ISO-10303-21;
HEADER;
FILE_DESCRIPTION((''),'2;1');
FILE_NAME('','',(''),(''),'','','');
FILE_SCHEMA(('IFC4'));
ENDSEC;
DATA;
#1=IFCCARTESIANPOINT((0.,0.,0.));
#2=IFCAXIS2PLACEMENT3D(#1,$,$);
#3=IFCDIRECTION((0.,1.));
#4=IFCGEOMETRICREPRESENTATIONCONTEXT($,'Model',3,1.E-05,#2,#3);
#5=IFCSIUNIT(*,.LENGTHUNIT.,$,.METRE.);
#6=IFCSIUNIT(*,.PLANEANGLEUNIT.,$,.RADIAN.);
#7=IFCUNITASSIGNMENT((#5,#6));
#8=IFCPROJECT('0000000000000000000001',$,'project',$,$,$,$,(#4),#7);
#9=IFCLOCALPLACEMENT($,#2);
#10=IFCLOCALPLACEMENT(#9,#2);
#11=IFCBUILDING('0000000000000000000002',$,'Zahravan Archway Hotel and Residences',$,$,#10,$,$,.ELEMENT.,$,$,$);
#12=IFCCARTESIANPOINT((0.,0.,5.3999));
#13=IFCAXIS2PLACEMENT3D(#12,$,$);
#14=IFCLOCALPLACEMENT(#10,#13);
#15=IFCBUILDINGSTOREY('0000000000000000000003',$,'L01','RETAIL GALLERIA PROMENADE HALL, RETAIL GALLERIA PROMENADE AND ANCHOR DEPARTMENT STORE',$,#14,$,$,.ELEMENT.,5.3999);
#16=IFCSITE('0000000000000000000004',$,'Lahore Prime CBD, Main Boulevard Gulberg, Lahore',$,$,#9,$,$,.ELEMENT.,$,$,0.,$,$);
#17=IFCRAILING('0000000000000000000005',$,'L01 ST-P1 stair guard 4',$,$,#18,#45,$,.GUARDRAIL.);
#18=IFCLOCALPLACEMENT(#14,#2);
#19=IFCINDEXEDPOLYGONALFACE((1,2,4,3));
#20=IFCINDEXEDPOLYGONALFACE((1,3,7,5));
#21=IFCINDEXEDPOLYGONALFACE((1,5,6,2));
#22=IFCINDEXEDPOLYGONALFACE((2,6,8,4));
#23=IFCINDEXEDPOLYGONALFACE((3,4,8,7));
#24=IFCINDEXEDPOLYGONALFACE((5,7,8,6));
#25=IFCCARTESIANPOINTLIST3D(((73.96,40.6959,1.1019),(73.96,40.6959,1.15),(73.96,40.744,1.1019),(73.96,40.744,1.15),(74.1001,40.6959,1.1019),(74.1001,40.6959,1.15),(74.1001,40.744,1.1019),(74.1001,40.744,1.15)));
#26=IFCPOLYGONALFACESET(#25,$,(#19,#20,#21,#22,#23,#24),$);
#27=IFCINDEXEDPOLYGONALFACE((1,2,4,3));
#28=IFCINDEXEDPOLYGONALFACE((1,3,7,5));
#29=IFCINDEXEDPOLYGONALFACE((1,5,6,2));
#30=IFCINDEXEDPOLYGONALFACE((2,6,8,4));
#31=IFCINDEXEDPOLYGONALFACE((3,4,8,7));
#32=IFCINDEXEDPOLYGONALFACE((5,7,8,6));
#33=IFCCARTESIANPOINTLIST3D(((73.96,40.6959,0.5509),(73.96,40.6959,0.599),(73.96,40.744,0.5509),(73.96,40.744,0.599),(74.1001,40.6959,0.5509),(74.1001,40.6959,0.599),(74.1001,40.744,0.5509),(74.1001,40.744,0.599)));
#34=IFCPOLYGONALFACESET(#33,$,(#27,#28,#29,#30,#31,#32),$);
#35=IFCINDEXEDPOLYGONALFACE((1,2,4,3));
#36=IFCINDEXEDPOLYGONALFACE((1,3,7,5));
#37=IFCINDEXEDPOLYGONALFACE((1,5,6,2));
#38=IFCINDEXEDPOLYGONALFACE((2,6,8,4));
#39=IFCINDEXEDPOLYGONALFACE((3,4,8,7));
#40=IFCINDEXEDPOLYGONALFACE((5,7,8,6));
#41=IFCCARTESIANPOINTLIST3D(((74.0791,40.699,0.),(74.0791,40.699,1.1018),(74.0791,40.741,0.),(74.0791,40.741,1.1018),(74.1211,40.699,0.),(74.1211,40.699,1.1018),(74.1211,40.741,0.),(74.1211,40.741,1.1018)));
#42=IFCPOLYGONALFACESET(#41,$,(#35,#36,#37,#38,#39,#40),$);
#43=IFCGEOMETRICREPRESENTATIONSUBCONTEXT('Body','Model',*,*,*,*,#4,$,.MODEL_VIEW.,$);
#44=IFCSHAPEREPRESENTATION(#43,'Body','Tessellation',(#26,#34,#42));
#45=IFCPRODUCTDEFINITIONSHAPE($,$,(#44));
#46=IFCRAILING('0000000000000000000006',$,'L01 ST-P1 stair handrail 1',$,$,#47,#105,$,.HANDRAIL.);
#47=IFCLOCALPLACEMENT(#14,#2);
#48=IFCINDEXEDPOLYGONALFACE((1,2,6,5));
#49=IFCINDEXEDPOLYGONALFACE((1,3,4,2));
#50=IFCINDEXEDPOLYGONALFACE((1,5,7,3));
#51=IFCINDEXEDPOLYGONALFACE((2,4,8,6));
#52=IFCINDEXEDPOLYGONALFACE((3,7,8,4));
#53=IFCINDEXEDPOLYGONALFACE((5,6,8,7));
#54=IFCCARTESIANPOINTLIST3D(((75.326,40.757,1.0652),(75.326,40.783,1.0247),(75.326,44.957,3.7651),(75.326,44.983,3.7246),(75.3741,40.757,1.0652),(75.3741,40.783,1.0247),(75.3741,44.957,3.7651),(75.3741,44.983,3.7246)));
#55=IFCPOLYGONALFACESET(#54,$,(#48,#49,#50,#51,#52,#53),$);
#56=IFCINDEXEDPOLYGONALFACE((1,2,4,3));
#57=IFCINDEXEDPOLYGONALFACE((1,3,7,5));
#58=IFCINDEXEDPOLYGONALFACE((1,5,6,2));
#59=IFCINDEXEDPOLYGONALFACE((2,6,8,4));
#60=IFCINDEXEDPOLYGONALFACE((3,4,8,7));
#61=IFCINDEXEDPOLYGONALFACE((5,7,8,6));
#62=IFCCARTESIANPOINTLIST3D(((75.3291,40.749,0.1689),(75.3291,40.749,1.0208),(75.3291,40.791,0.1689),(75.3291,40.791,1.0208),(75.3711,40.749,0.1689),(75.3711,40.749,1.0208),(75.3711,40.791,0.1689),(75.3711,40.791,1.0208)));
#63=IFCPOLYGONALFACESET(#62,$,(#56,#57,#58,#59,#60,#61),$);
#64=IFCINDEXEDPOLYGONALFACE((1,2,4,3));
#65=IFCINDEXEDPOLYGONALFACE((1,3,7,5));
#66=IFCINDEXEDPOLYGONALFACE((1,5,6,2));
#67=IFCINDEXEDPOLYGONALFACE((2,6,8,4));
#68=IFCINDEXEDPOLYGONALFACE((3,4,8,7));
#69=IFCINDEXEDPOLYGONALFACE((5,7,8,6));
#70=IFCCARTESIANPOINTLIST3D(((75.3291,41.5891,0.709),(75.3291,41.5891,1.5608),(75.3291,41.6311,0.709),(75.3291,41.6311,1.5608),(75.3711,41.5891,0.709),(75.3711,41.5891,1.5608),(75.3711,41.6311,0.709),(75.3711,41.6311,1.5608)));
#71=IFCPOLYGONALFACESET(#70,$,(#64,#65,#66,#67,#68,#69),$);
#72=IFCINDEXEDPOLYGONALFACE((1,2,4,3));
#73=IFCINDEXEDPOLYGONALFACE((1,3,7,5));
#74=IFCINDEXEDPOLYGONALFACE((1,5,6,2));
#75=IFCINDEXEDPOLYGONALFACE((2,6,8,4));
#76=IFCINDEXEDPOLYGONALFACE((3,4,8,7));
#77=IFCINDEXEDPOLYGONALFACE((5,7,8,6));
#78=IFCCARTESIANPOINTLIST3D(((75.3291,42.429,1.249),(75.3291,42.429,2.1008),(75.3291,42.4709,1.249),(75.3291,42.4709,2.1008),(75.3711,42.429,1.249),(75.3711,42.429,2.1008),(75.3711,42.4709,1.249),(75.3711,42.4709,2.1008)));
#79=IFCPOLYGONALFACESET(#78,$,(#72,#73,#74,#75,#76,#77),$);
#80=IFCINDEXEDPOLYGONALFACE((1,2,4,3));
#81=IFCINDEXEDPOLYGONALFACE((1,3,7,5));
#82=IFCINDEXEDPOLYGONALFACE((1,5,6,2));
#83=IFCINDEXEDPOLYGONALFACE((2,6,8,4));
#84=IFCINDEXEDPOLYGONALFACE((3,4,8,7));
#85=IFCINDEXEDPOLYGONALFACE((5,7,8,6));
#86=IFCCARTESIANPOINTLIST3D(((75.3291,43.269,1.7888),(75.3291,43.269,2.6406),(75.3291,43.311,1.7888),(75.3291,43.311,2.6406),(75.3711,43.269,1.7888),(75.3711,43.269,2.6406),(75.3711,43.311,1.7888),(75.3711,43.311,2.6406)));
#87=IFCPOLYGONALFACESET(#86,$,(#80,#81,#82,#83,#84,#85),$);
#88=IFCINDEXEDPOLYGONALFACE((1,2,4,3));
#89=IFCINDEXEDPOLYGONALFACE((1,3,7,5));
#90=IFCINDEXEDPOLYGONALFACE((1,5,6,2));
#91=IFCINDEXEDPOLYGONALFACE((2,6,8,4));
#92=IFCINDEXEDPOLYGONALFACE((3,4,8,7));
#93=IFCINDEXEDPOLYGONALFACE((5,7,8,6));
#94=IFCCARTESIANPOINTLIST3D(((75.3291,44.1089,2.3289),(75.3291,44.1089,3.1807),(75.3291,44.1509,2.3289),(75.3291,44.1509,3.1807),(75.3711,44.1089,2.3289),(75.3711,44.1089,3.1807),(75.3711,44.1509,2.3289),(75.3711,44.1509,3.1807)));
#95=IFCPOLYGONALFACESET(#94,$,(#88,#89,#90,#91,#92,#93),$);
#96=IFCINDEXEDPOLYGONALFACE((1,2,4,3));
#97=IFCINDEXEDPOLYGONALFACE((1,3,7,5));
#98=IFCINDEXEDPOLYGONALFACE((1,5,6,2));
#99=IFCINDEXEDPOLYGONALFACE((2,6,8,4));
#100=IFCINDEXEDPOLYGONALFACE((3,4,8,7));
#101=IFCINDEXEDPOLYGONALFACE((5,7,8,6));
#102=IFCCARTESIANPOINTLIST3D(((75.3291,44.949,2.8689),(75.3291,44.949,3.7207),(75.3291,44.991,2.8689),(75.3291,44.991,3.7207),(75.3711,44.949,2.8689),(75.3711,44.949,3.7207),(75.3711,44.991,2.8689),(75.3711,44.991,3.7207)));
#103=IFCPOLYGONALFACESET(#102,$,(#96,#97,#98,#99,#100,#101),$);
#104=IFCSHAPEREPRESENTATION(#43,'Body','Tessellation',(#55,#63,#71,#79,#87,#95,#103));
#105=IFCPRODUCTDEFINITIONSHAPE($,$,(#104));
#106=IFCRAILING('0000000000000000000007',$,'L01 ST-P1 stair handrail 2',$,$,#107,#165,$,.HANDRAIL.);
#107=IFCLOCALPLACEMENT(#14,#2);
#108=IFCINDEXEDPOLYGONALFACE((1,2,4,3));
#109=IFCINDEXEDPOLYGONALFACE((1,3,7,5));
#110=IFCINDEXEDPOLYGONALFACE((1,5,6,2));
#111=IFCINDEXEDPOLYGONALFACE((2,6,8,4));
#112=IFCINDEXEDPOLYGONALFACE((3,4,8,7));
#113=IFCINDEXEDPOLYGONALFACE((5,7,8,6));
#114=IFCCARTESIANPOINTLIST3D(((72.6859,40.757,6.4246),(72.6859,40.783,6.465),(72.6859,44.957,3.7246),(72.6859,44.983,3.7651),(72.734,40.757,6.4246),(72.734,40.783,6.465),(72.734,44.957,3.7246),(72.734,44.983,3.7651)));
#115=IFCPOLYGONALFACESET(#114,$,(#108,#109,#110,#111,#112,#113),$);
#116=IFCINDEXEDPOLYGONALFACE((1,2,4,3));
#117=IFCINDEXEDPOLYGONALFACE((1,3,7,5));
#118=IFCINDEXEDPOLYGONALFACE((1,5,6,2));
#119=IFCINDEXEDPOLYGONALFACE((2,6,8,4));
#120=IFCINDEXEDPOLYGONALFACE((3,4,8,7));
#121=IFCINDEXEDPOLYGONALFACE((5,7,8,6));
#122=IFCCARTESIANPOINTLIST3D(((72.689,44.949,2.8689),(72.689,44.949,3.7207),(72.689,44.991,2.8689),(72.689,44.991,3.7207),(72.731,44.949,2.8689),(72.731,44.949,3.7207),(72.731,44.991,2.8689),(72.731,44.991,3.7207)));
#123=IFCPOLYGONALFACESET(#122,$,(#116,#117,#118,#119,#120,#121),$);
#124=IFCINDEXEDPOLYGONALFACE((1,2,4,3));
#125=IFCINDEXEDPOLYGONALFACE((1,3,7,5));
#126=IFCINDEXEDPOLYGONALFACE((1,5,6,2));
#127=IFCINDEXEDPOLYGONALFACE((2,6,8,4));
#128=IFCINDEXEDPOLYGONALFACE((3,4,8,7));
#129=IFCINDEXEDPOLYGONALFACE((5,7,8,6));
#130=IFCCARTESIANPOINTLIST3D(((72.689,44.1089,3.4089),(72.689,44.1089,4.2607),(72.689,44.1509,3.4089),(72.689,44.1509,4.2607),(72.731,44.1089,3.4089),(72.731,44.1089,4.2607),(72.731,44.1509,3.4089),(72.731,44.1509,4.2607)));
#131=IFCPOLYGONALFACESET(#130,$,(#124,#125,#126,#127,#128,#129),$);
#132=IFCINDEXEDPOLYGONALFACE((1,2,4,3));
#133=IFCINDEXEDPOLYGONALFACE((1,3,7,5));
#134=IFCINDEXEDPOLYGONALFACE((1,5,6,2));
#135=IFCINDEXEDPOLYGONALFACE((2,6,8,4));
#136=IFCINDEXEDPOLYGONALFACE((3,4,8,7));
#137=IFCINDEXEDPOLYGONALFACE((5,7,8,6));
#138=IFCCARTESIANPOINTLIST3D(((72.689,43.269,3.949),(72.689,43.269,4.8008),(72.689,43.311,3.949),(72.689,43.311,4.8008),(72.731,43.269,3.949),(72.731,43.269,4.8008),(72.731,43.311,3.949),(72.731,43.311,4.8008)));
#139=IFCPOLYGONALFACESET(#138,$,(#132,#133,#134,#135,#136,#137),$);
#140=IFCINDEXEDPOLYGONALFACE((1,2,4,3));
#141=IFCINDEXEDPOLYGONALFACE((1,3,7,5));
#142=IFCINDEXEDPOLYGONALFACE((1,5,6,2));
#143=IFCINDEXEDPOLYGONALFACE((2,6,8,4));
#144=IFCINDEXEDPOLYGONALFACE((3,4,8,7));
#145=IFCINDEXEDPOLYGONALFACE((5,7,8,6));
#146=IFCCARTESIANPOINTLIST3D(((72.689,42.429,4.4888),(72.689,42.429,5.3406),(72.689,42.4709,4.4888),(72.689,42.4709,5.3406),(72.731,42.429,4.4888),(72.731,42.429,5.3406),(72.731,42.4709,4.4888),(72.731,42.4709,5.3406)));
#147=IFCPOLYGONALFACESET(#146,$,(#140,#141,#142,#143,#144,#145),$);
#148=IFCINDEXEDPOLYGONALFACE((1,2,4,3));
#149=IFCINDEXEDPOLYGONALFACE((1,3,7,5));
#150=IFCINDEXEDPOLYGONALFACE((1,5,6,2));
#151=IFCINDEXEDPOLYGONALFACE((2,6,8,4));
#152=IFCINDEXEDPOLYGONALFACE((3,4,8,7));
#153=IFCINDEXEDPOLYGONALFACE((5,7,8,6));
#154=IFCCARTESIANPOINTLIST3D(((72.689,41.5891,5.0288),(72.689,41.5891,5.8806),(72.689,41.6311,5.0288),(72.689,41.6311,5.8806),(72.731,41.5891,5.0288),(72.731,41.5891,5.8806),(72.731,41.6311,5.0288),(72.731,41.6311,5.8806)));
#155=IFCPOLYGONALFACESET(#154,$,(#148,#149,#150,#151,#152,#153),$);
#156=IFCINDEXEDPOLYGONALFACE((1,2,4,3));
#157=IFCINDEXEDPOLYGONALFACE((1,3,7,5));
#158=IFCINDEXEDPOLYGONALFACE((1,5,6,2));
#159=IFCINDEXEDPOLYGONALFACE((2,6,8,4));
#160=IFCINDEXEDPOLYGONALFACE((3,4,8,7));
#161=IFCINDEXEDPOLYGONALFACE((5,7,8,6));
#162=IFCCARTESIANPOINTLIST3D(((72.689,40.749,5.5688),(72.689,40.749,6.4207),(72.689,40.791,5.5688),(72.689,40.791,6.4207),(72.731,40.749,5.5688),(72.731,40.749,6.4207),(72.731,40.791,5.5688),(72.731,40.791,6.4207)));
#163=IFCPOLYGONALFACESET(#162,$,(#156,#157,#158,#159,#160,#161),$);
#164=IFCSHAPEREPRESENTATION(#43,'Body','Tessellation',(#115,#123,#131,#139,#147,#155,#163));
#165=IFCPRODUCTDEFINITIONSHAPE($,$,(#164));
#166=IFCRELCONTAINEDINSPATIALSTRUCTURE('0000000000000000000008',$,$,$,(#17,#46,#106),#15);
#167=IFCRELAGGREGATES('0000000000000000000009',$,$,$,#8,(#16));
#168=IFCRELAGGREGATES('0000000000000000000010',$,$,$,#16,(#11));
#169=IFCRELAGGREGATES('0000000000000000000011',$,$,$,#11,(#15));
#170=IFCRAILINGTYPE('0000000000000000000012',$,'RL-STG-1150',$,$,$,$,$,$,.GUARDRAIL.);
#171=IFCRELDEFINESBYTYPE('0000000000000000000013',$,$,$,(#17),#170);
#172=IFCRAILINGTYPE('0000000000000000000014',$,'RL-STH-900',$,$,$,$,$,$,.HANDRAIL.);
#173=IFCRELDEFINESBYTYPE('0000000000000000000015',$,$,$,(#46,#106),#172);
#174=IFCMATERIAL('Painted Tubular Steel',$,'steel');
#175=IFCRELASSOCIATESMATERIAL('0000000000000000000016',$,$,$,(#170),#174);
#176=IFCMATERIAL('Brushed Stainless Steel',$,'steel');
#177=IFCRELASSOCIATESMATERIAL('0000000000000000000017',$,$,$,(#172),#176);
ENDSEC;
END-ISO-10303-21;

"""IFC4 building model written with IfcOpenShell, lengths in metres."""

from ifc_helpers import new_model, si_unit, direction, frame, origin, origin_2d, place, context, subcontext, project, spatial, rectangle, extrude, material, type_object, element, save


model = new_model("IFC4")

# Units and contexts
model_context = context("Model", 3, precision=1e-05, world=origin(), true_north=direction((0.0, 1.0)))
body_context = subcontext(model_context, "Body", "Model", "MODEL_VIEW")
ifc_project = project(units=[si_unit("LENGTHUNIT", "METRE"), si_unit("PLANEANGLEUNIT", "RADIAN")], contexts=[model_context])

# Site, building, storey
site_placement = place(None, origin())
site = spatial("IfcSite", under=ifc_project, at=site_placement, Name="Lahore Prime CBD, Main Boulevard Gulberg, Lahore", CompositionType="ELEMENT", RefElevation=0.0)
building_placement = place(site_placement, origin())
building = spatial("IfcBuilding", under=site, at=building_placement, Name="Zahravan Archway Hotel and Residences", CompositionType="ELEMENT")
storey_placement = place(building_placement, frame((0.0, 0.0, 5.3999)))
storey = spatial("IfcBuildingStorey", under=building, at=storey_placement, Name="L01", Description="RETAIL GALLERIA PROMENADE HALL, RETAIL GALLERIA PROMENADE AND ANCHOR DEPARTMENT STORE", CompositionType="ELEMENT", Elevation=5.3999)

# Railings
ifc_material_1 = material(Name="Painted Tubular Steel", Category="steel")
railing_type_1 = type_object("IfcRailingType", Name="RL-STG-1150", PredefinedType="GUARDRAIL", material=ifc_material_1)
railing_1_placement = place(storey_placement, frame((74.1001, 40.72, 0.0)))
element("IfcRailing", 1, at=railing_1_placement, inside=storey, type_object=railing_type_1, Name="L01 ST-P1 stair guard 4", PredefinedType="GUARDRAIL", context=body_context, shape_type="SweptSolid", body=[
    extrude(rectangle(XDim=0.0481, YDim=0.0481, at=origin_2d()), frame((0.0, 0.0, 1.126), z_axis=(-1.0, 0.0, 0.0), x_axis=(0.0, -1.0, 0.0)), (0.0, 0.0, 1.0), 0.1401),
    extrude(rectangle(XDim=0.0481, YDim=0.0481, at=origin_2d()), frame((0.0, 0.0, 0.575), z_axis=(-1.0, 0.0, 0.0), x_axis=(0.0, -1.0, 0.0)), (0.0, 0.0, 1.0), 0.1401),
    extrude(rectangle(XDim=0.042, YDim=0.042, at=origin_2d()), origin(), (0.0, 0.0, 1.0), 1.1018),
])
ifc_material_2 = material(Name="Brushed Stainless Steel", Category="steel")
railing_type_2 = type_object("IfcRailingType", Name="RL-STH-900", PredefinedType="HANDRAIL", material=ifc_material_2)
railing_2_placement = place(storey_placement, frame((75.3501, 40.77, 0.1689)))
element("IfcRailing", 2, at=railing_2_placement, inside=storey, type_object=railing_type_2, Name="L01 ST-P1 stair handrail 1", PredefinedType="HANDRAIL", context=body_context, shape_type="SweptSolid", body=[
    extrude(rectangle(XDim=0.0481, YDim=0.0481, at=origin_2d()), frame((0.0, 0.0, 0.876), z_axis=(0.0, 0.84118, 0.540755), x_axis=(-1.0, 0.0, 0.0)), (0.0, 0.0, 1.0), 4.9929),
    extrude(rectangle(XDim=0.042, YDim=0.042, at=origin_2d()), origin(), (0.0, 0.0, 1.0), 0.8518),
    extrude(rectangle(XDim=0.042, YDim=0.042, at=origin_2d()), frame((0.0, 0.8401, 0.54)), (0.0, 0.0, 1.0), 0.8518),
    extrude(rectangle(XDim=0.042, YDim=0.042, at=origin_2d()), frame((0.0, 1.6799, 1.0801)), (0.0, 0.0, 1.0), 0.8518),
    extrude(rectangle(XDim=0.042, YDim=0.042, at=origin_2d()), frame((0.0, 2.52, 1.6199)), (0.0, 0.0, 1.0), 0.8518),
    extrude(rectangle(XDim=0.042, YDim=0.042, at=origin_2d()), frame((0.0, 3.3599, 2.1599)), (0.0, 0.0, 1.0), 0.8518),
    extrude(rectangle(XDim=0.042, YDim=0.042, at=origin_2d()), frame((0.0, 4.2, 2.7)), (0.0, 0.0, 1.0), 0.8518),
])
railing_3_placement = place(storey_placement, frame((72.71, 44.97, 2.8689)))
element("IfcRailing", 3, at=railing_3_placement, inside=storey, type_object=railing_type_2, Name="L01 ST-P1 stair handrail 2", PredefinedType="HANDRAIL", context=body_context, shape_type="SweptSolid", body=[
    extrude(rectangle(XDim=0.0481, YDim=0.0481, at=origin_2d()), frame((0.0, 0.0, 0.876), z_axis=(0.0, -0.84118, 0.540755), x_axis=(1.0, 0.0, 0.0)), (0.0, 0.0, 1.0), 4.9929),
    extrude(rectangle(XDim=0.042, YDim=0.042, at=origin_2d()), origin(), (0.0, 0.0, 1.0), 0.8518),
    extrude(rectangle(XDim=0.042, YDim=0.042, at=origin_2d()), frame((0.0, -0.8401, 0.54)), (0.0, 0.0, 1.0), 0.8518),
    extrude(rectangle(XDim=0.042, YDim=0.042, at=origin_2d()), frame((0.0, -1.6799, 1.0801)), (0.0, 0.0, 1.0), 0.8518),
    extrude(rectangle(XDim=0.042, YDim=0.042, at=origin_2d()), frame((0.0, -2.52, 1.6199)), (0.0, 0.0, 1.0), 0.8518),
    extrude(rectangle(XDim=0.042, YDim=0.042, at=origin_2d()), frame((0.0, -3.3599, 2.1599)), (0.0, 0.0, 1.0), 0.8518),
    extrude(rectangle(XDim=0.042, YDim=0.042, at=origin_2d()), frame((0.0, -4.2, 2.7)), (0.0, 0.0, 1.0), 0.8518),
])

save(model, "model.ifc")
